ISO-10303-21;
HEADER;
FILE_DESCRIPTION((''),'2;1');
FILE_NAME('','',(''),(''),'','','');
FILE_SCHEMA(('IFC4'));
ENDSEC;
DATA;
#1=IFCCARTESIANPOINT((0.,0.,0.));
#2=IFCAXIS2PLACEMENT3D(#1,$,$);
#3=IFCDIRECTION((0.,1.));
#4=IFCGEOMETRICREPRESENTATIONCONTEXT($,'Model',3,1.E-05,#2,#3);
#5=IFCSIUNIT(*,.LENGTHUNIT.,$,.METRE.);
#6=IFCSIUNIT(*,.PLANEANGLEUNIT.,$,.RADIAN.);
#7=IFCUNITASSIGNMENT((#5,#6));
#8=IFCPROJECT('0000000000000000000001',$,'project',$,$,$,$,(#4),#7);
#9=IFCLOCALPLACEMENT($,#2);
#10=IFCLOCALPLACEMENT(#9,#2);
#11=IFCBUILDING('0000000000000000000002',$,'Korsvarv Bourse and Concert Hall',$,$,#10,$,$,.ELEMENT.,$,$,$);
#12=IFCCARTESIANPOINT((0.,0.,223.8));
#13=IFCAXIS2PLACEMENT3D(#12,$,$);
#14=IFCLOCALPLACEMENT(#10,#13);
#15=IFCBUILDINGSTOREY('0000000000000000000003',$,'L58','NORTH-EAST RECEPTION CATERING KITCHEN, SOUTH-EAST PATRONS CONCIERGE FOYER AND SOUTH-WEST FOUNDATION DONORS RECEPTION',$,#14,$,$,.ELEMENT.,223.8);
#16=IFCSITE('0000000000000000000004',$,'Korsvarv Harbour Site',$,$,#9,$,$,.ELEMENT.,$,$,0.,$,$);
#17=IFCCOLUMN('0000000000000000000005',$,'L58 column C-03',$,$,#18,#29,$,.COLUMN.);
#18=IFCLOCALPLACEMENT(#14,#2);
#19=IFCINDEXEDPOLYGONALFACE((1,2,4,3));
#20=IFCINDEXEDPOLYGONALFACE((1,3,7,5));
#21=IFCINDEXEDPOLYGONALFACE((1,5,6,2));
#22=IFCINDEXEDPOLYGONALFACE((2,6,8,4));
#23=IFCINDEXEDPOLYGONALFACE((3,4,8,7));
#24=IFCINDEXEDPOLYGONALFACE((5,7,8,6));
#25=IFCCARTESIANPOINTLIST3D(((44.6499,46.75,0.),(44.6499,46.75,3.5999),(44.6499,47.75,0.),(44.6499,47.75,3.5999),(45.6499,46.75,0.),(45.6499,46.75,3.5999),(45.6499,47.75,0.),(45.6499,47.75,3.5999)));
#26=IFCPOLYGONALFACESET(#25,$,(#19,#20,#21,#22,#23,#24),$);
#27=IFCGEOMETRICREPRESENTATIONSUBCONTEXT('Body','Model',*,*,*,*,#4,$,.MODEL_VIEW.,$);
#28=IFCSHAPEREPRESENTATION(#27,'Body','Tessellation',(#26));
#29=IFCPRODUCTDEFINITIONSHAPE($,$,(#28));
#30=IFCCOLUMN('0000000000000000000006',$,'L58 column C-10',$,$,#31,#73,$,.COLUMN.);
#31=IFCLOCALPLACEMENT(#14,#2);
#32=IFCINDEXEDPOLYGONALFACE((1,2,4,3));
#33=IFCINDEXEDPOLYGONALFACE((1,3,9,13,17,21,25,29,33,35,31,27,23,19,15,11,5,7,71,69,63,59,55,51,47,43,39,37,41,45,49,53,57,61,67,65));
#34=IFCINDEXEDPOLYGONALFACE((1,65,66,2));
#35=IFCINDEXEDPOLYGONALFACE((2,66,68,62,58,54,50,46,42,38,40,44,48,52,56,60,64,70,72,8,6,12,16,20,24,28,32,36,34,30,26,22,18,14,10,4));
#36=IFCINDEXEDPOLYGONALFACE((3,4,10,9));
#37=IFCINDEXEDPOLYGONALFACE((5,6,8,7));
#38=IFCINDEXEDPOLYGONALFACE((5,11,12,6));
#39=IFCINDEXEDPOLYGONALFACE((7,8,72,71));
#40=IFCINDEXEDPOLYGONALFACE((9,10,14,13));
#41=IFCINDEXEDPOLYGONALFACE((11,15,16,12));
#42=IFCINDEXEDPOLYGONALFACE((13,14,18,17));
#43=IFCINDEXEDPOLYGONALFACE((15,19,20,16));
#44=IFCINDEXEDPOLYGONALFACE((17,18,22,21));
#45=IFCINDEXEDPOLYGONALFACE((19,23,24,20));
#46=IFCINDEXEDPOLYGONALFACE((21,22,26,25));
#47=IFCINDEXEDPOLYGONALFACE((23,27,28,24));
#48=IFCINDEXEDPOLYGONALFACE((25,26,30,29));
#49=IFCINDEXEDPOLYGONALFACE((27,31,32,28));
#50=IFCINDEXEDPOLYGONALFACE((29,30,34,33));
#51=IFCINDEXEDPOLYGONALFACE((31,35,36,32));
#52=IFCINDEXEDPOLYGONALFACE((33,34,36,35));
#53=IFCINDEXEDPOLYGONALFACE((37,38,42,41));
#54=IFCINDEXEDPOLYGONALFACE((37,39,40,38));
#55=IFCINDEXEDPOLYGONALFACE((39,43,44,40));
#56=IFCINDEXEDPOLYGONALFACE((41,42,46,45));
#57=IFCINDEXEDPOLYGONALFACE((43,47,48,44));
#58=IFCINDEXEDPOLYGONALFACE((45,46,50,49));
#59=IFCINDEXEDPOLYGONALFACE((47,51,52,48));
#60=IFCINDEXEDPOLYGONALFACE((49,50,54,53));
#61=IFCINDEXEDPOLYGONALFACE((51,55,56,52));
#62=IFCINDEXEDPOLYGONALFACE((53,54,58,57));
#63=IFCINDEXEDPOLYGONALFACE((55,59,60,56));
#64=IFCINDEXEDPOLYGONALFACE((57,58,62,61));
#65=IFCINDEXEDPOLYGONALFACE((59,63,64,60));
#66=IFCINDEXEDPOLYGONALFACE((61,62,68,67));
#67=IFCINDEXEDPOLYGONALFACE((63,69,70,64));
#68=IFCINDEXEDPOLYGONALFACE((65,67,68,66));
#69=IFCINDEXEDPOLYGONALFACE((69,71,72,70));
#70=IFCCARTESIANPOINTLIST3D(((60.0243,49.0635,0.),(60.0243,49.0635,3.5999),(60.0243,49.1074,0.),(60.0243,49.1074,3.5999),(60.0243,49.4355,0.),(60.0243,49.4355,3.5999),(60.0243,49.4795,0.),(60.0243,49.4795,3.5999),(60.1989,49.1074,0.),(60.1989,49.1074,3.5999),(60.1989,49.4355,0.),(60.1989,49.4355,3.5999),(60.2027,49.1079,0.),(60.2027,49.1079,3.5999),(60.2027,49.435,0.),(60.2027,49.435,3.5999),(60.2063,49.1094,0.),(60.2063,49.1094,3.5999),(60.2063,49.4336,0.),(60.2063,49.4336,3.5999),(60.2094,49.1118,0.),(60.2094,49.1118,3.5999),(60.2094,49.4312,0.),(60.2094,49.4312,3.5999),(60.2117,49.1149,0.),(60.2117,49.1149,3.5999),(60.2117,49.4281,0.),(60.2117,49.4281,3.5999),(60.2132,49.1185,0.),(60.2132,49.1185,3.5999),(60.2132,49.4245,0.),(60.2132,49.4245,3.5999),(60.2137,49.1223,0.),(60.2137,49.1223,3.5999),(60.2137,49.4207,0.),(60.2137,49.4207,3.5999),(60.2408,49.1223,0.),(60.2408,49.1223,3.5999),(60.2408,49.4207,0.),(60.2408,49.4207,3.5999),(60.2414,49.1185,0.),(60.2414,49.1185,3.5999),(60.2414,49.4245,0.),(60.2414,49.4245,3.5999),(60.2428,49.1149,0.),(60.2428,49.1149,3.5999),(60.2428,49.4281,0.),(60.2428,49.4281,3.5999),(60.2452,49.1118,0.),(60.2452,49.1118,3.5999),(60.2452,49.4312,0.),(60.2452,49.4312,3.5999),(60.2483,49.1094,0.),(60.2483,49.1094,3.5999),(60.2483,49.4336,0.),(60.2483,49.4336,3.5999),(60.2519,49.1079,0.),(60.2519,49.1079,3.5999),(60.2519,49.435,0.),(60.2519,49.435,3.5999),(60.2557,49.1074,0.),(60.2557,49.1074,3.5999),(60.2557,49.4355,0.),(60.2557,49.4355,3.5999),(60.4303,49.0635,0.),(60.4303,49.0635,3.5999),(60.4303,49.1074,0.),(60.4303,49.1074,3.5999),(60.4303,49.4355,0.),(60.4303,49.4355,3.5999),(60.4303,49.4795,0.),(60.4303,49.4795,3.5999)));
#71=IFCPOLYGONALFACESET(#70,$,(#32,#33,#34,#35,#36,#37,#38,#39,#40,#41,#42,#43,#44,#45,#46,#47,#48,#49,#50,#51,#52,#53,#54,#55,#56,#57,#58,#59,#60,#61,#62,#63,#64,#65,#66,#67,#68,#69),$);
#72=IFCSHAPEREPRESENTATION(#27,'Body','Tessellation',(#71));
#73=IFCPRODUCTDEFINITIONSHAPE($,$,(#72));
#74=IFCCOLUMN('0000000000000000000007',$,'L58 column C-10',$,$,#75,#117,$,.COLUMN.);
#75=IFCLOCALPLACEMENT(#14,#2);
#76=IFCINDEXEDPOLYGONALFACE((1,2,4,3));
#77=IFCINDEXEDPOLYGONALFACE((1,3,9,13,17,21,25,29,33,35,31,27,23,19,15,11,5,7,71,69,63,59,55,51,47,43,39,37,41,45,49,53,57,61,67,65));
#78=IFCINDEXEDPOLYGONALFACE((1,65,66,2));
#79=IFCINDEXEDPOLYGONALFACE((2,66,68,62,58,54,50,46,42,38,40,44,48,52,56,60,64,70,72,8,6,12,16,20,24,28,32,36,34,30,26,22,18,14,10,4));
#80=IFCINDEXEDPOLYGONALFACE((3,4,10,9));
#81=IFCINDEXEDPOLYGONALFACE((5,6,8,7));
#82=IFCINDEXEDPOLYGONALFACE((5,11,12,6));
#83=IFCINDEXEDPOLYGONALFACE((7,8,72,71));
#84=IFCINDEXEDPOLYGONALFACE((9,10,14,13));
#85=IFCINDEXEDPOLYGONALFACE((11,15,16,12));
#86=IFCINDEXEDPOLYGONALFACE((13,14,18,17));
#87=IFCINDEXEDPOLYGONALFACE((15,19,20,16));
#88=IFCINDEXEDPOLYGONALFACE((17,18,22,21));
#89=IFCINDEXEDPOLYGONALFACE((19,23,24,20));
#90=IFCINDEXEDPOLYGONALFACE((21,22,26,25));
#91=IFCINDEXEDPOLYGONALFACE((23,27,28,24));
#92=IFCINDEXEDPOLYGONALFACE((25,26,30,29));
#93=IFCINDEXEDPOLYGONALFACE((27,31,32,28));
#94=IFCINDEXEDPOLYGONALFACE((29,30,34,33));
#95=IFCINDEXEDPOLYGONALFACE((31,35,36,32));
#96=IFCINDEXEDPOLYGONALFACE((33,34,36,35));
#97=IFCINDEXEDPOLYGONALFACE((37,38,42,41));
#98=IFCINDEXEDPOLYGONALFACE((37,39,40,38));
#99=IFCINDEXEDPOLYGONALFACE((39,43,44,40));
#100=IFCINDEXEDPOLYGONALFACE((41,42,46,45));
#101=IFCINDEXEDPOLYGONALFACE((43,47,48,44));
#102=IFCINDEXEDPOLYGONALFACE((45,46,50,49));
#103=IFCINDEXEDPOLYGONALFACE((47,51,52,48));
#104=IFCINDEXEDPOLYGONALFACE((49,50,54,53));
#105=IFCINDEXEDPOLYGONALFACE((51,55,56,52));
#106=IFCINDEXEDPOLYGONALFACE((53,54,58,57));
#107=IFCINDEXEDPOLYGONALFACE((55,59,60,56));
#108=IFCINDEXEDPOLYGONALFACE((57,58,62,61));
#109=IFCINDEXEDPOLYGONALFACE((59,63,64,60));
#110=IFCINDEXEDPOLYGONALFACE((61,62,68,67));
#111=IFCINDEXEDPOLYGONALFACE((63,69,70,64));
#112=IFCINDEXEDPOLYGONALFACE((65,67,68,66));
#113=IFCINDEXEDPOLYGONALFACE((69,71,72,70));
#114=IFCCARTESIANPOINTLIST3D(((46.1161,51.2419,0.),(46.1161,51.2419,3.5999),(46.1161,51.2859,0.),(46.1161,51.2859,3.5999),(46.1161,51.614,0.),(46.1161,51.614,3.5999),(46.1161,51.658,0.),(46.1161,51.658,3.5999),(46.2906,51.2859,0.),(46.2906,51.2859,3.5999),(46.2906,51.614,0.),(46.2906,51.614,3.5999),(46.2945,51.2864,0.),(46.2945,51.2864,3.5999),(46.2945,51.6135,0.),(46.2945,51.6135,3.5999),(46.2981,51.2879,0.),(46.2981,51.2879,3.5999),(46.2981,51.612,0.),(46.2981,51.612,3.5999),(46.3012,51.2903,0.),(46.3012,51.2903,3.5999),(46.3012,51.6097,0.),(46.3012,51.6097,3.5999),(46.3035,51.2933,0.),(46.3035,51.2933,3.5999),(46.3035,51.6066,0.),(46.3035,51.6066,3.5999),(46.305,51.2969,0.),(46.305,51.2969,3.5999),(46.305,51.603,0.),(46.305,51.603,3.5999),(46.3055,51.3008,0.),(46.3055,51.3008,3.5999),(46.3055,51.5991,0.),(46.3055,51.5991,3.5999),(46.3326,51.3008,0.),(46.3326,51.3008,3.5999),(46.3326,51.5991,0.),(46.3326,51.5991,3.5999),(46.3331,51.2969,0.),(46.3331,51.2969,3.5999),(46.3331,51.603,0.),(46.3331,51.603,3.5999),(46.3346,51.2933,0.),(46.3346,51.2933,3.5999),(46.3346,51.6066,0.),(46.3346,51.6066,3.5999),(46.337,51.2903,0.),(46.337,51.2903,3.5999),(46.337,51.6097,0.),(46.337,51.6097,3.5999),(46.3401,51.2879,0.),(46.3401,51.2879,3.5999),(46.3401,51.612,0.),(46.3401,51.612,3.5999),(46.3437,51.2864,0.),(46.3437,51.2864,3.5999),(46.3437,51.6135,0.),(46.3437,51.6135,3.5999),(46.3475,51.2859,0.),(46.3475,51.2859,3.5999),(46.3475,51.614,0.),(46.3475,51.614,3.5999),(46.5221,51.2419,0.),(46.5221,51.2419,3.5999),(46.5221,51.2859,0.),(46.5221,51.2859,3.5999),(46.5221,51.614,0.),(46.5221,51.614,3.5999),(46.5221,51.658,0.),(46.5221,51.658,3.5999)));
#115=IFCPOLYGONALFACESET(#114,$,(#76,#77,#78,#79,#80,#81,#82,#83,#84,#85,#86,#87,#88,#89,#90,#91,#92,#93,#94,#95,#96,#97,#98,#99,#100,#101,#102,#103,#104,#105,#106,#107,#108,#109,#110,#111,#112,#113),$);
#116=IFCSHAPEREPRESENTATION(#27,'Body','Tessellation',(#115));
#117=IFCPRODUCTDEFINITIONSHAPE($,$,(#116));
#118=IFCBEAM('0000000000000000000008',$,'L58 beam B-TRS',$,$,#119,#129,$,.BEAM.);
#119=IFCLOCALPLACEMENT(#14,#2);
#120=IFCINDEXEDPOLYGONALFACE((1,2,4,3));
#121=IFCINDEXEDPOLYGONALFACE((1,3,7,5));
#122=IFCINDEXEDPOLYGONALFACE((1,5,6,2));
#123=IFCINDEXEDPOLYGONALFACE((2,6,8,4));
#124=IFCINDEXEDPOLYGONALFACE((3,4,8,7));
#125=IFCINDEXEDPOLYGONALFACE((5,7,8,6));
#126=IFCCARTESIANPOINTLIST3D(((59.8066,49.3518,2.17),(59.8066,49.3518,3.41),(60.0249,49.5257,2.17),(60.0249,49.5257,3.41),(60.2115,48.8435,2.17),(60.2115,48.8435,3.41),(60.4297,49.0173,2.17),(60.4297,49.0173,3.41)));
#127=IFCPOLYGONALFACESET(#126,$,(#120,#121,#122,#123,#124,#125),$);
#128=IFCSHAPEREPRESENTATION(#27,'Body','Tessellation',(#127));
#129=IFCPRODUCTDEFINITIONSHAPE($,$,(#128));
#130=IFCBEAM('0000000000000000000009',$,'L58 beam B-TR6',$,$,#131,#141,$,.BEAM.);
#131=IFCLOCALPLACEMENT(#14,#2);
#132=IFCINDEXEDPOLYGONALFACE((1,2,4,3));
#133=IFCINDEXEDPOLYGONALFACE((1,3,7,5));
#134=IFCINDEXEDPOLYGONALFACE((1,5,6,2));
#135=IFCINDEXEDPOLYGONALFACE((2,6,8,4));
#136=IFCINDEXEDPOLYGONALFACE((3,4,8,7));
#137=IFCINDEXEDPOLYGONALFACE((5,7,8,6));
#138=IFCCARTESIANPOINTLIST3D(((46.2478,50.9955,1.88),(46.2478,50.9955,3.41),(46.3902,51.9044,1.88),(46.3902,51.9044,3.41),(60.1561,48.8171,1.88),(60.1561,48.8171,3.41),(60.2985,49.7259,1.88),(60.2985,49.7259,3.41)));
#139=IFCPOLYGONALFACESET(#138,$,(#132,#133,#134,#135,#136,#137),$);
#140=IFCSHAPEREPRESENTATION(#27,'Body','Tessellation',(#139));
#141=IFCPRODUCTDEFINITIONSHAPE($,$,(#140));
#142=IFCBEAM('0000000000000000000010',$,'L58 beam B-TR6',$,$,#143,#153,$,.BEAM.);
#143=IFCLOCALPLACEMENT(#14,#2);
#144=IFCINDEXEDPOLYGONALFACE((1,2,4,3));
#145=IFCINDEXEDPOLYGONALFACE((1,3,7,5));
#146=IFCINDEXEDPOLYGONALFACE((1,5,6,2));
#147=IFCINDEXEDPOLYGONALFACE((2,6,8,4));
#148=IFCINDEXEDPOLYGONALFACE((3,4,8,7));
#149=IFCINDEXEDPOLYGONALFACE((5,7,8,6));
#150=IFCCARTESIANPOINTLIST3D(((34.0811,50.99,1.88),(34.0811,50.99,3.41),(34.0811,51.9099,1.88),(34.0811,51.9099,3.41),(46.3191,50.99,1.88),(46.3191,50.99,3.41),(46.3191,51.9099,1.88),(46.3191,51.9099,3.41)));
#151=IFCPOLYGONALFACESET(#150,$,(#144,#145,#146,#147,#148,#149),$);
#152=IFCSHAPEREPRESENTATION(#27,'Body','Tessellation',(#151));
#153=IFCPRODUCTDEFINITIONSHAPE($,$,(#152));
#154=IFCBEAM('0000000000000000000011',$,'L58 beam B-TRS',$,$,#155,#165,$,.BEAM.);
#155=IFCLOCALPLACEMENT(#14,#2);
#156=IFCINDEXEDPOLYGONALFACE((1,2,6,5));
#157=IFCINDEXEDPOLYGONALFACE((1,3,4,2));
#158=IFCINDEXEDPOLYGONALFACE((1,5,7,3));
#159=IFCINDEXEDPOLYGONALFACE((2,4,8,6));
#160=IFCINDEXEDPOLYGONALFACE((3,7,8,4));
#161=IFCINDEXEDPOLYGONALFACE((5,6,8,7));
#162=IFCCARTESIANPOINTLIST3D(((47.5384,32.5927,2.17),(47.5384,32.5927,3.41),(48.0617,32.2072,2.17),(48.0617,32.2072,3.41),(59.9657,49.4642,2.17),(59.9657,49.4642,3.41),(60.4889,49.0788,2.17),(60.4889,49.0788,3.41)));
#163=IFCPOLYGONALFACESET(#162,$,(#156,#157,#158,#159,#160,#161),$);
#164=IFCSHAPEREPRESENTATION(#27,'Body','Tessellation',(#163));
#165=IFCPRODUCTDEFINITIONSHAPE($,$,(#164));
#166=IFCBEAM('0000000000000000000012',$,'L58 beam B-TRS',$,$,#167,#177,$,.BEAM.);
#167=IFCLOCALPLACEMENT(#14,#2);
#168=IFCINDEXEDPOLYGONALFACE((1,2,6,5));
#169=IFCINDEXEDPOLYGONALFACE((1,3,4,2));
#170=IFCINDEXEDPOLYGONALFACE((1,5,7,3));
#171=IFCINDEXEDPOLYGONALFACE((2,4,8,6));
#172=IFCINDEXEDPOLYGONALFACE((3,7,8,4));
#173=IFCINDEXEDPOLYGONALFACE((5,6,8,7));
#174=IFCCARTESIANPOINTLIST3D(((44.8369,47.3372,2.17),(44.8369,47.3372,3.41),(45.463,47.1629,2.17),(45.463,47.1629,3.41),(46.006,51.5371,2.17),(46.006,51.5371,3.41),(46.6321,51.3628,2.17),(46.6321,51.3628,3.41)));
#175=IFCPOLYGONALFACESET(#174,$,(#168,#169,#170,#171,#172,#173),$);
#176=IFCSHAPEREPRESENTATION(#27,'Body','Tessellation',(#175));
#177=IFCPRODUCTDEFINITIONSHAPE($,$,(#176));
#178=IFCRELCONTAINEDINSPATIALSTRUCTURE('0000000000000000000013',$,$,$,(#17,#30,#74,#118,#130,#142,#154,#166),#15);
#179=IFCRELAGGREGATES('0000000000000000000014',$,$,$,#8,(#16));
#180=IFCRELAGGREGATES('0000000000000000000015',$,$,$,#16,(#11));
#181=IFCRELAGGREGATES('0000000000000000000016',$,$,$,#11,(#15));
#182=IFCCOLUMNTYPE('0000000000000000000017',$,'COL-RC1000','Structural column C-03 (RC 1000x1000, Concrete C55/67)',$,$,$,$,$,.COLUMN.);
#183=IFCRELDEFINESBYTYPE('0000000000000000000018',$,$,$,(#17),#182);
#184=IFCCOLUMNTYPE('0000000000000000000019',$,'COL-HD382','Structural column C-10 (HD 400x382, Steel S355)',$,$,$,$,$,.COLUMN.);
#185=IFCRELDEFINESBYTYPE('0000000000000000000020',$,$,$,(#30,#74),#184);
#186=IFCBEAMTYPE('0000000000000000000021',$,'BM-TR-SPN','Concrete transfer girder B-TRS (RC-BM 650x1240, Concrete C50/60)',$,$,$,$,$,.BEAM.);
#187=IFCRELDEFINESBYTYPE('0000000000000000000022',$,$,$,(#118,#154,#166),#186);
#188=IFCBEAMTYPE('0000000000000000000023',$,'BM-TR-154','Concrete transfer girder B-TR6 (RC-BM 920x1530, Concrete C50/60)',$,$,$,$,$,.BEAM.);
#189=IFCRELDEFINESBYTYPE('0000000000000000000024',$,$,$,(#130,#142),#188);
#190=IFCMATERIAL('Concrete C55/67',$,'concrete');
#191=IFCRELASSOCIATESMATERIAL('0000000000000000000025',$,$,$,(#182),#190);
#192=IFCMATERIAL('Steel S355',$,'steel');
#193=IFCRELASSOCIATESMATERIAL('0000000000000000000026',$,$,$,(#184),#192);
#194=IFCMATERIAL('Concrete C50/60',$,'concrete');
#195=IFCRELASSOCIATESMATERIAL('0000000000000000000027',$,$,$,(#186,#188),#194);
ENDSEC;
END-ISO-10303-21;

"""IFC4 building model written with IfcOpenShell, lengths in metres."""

from ifc_helpers import new_model, si_unit, direction, frame, origin, origin_2d, place, context, subcontext, project, spatial, rectangle, i_section, extrude, source, transform, mapped, material, material_profile, profile_set, type_object, element, save


model = new_model("IFC4")

# Units and contexts
model_context = context("Model", 3, precision=1e-05, world=origin(), true_north=direction((0.0, 1.0)))
body_context = subcontext(model_context, "Body", "Model", "MODEL_VIEW")
ifc_project = project(units=[si_unit("LENGTHUNIT", "METRE"), si_unit("PLANEANGLEUNIT", "RADIAN")], contexts=[model_context])

# Site, building, storey
site_placement = place(None, origin())
site = spatial("IfcSite", under=ifc_project, at=site_placement, Name="Korsvarv Harbour Site", CompositionType="ELEMENT", RefElevation=0.0)
building_placement = place(site_placement, origin())
building = spatial("IfcBuilding", under=site, at=building_placement, Name="Korsvarv Bourse and Concert Hall", CompositionType="ELEMENT")
storey_placement = place(building_placement, frame((0.0, 0.0, 223.8)))
storey = spatial("IfcBuildingStorey", under=building, at=storey_placement, Name="L58", Description="NORTH-EAST RECEPTION CATERING KITCHEN, SOUTH-EAST PATRONS CONCIERGE FOYER AND SOUTH-WEST FOUNDATION DONORS RECEPTION", CompositionType="ELEMENT", Elevation=223.8)

# Columns
ifc_material_1 = material(Name="Concrete C55/67", Category="concrete")
ifc_material_profile_1 = material_profile(ifc_material_1, rectangle(XDim=1.0, YDim=1.0, at=origin_2d()), Name="RC 1000x1000")
ifc_profile_set_1 = profile_set([ifc_material_profile_1], Name="Concrete C55/67")
column_type_1 = type_object("IfcColumnType", Name="COL-RC1000", Description="Structural column C-03 (RC 1000x1000, Concrete C55/67)", PredefinedType="COLUMN", material=ifc_profile_set_1)
shared_shape_1 = source(origin(), body_context, "Body", "SweptSolid", [
    extrude(rectangle(XDim=1.0, YDim=1.0, at=origin_2d()), origin(), (0.0, 0.0, 1.0), 3.5999),
])
column_placement = place(storey_placement, frame((45.1499, 47.25, 0.0), z_axis=(0.0, 0.0, 1.0), x_axis=(1.0, 0.0, 0.0)))
element("IfcColumn", 1, at=column_placement, inside=storey, type_object=column_type_1, Name="L58 column C-03", PredefinedType="COLUMN", context=body_context, shape_type="MappedRepresentation", body=[
    mapped(shared_shape_1, transform((0.0, 0.0, 0.0), scale=1.0)),
])
ifc_material_2 = material(Name="Steel S355", Category="steel")
ifc_material_profile_2 = material_profile(ifc_material_2, i_section(OverallWidth=0.406, OverallDepth=0.416, WebThickness=0.0271, FlangeThickness=0.0439, FilletRadius=0.0149, at=origin_2d()), Name="HD 400x382")
ifc_profile_set_2 = profile_set([ifc_material_profile_2], Name="Steel S355")
column_type_2 = type_object("IfcColumnType", Name="COL-HD382", Description="Structural column C-10 (HD 400x382, Steel S355)", PredefinedType="COLUMN", material=ifc_profile_set_2)
shared_shape_2 = source(origin(), body_context, "Body", "SweptSolid", [
    extrude(i_section(OverallWidth=0.406, OverallDepth=0.416, WebThickness=0.0271, FlangeThickness=0.0439, FilletRadius=0.0149, at=origin_2d()), origin(), (0.0, 0.0, 1.0), 3.5999),
])
for number, where, z_axis, x_axis, name in (
    (2, (60.2273, 49.2715, 0.0), (0.0, 0.0, 1.0), (1.0, 0.0, 0.0), "L58 column C-10"),
    (3, (46.3191, 51.45, 0.0), (0.0, 0.0, 1.0), (1.0, 0.0, 0.0), "L58 column C-10"),
):
    element("IfcColumn", number, at=place(storey_placement, frame(where, z_axis=z_axis, x_axis=x_axis)), inside=storey, type_object=column_type_2, Name=name, PredefinedType="COLUMN", context=body_context, shape_type="MappedRepresentation", body=[
        mapped(shared_shape_2, transform((0.0, 0.0, 0.0), scale=1.0)),
    ])

# Beams
ifc_material_3 = material(Name="Concrete C50/60", Category="concrete")
ifc_material_profile_3 = material_profile(ifc_material_3, rectangle(XDim=0.6499, YDim=1.24, at=origin_2d()), Name="RC-BM 650x1240")
ifc_profile_set_3 = profile_set([ifc_material_profile_3], Name="Concrete C50/60")
beam_type_1 = type_object("IfcBeamType", Name="BM-TR-SPN", Description="Concrete transfer girder B-TRS (RC-BM 650x1240, Concrete C50/60)", PredefinedType="BEAM", material=ifc_profile_set_3)
shared_shape_3 = source(origin(), body_context, "Body", "SweptSolid", [
    extrude(rectangle(XDim=0.6499, YDim=1.24, at=origin_2d()), origin(), (0.0, 0.0, 1.0), 0.2791),
])
beam_1_placement = place(storey_placement, frame((60.2273, 49.2715, 2.79), z_axis=(-0.782233, -0.622986, 0.0), x_axis=(0.622986, -0.782233, 0.0)))
element("IfcBeam", 4, at=beam_1_placement, inside=storey, type_object=beam_type_1, Name="L58 beam B-TRS", PredefinedType="BEAM", context=body_context, shape_type="MappedRepresentation", body=[
    mapped(shared_shape_3, transform((0.0, 0.0, 0.0), scale=1.0)),
])
ifc_material_profile_4 = material_profile(ifc_material_3, rectangle(XDim=0.9199, YDim=1.53, at=origin_2d()), Name="RC-BM 920x1530")
ifc_profile_set_4 = profile_set([ifc_material_profile_4], Name="Concrete C50/60")
beam_type_2 = type_object("IfcBeamType", Name="BM-TR-154", Description="Concrete transfer girder B-TR6 (RC-BM 920x1530, Concrete C50/60)", PredefinedType="BEAM", material=ifc_profile_set_4)
shared_shape_4 = source(origin(), body_context, "Body", "SweptSolid", [
    extrude(rectangle(XDim=0.9199, YDim=1.53, at=origin_2d()), origin(), (0.0, 0.0, 1.0), 14.0779),
])
beam_2_placement = place(storey_placement, frame((60.2273, 49.2715, 2.645), z_axis=(-0.987954, 0.154745, 0.0), x_axis=(-0.154745, -0.987954, 0.0)))
element("IfcBeam", 5, at=beam_2_placement, inside=storey, type_object=beam_type_2, Name="L58 beam B-TR6", PredefinedType="BEAM", context=body_context, shape_type="MappedRepresentation", body=[
    mapped(shared_shape_4, transform((0.0, 0.0, 0.0), scale=1.0)),
])
shared_shape_5 = source(origin(), body_context, "Body", "SweptSolid", [
    extrude(rectangle(XDim=0.9199, YDim=1.53, at=origin_2d()), origin(), (0.0, 0.0, 1.0), 12.238),
])
beam_3_placement = place(storey_placement, frame((46.3191, 51.45, 2.645), z_axis=(-1.0, 0.0, 0.0), x_axis=(0.0, -1.0, 0.0)))
element("IfcBeam", 6, at=beam_3_placement, inside=storey, type_object=beam_type_2, Name="L58 beam B-TR6", PredefinedType="BEAM", context=body_context, shape_type="MappedRepresentation", body=[
    mapped(shared_shape_5, transform((0.0, 0.0, 0.0), scale=1.0)),
])
shared_shape_6 = source(origin(), body_context, "Body", "SweptSolid", [
    extrude(rectangle(XDim=0.6499, YDim=1.24, at=origin_2d()), origin(), (0.0, 0.0, 1.0), 20.9543),
])
beam_4_placement = place(storey_placement, frame((60.2273, 49.2715, 2.79), z_axis=(-0.593062, -0.805157, 0.0), x_axis=(0.805157, -0.593062, 0.0)))
element("IfcBeam", 7, at=beam_4_placement, inside=storey, type_object=beam_type_1, Name="L58 beam B-TRS", PredefinedType="BEAM", context=body_context, shape_type="MappedRepresentation", body=[
    mapped(shared_shape_6, transform((0.0, 0.0, 0.0), scale=1.0)),
])
shared_shape_7 = source(origin(), body_context, "Body", "SweptSolid", [
    extrude(rectangle(XDim=0.6499, YDim=1.24, at=origin_2d()), origin(), (0.0, 0.0, 1.0), 4.3596),
])
beam_5_placement = place(storey_placement, frame((46.3191, 51.45, 2.79), z_axis=(-0.268184, -0.963368, 0.0), x_axis=(0.963368, -0.268184, 0.0)))
element("IfcBeam", 8, at=beam_5_placement, inside=storey, type_object=beam_type_1, Name="L58 beam B-TRS", PredefinedType="BEAM", context=body_context, shape_type="MappedRepresentation", body=[
    mapped(shared_shape_7, transform((0.0, 0.0, 0.0), scale=1.0)),
])

save(model, "model.ifc")
